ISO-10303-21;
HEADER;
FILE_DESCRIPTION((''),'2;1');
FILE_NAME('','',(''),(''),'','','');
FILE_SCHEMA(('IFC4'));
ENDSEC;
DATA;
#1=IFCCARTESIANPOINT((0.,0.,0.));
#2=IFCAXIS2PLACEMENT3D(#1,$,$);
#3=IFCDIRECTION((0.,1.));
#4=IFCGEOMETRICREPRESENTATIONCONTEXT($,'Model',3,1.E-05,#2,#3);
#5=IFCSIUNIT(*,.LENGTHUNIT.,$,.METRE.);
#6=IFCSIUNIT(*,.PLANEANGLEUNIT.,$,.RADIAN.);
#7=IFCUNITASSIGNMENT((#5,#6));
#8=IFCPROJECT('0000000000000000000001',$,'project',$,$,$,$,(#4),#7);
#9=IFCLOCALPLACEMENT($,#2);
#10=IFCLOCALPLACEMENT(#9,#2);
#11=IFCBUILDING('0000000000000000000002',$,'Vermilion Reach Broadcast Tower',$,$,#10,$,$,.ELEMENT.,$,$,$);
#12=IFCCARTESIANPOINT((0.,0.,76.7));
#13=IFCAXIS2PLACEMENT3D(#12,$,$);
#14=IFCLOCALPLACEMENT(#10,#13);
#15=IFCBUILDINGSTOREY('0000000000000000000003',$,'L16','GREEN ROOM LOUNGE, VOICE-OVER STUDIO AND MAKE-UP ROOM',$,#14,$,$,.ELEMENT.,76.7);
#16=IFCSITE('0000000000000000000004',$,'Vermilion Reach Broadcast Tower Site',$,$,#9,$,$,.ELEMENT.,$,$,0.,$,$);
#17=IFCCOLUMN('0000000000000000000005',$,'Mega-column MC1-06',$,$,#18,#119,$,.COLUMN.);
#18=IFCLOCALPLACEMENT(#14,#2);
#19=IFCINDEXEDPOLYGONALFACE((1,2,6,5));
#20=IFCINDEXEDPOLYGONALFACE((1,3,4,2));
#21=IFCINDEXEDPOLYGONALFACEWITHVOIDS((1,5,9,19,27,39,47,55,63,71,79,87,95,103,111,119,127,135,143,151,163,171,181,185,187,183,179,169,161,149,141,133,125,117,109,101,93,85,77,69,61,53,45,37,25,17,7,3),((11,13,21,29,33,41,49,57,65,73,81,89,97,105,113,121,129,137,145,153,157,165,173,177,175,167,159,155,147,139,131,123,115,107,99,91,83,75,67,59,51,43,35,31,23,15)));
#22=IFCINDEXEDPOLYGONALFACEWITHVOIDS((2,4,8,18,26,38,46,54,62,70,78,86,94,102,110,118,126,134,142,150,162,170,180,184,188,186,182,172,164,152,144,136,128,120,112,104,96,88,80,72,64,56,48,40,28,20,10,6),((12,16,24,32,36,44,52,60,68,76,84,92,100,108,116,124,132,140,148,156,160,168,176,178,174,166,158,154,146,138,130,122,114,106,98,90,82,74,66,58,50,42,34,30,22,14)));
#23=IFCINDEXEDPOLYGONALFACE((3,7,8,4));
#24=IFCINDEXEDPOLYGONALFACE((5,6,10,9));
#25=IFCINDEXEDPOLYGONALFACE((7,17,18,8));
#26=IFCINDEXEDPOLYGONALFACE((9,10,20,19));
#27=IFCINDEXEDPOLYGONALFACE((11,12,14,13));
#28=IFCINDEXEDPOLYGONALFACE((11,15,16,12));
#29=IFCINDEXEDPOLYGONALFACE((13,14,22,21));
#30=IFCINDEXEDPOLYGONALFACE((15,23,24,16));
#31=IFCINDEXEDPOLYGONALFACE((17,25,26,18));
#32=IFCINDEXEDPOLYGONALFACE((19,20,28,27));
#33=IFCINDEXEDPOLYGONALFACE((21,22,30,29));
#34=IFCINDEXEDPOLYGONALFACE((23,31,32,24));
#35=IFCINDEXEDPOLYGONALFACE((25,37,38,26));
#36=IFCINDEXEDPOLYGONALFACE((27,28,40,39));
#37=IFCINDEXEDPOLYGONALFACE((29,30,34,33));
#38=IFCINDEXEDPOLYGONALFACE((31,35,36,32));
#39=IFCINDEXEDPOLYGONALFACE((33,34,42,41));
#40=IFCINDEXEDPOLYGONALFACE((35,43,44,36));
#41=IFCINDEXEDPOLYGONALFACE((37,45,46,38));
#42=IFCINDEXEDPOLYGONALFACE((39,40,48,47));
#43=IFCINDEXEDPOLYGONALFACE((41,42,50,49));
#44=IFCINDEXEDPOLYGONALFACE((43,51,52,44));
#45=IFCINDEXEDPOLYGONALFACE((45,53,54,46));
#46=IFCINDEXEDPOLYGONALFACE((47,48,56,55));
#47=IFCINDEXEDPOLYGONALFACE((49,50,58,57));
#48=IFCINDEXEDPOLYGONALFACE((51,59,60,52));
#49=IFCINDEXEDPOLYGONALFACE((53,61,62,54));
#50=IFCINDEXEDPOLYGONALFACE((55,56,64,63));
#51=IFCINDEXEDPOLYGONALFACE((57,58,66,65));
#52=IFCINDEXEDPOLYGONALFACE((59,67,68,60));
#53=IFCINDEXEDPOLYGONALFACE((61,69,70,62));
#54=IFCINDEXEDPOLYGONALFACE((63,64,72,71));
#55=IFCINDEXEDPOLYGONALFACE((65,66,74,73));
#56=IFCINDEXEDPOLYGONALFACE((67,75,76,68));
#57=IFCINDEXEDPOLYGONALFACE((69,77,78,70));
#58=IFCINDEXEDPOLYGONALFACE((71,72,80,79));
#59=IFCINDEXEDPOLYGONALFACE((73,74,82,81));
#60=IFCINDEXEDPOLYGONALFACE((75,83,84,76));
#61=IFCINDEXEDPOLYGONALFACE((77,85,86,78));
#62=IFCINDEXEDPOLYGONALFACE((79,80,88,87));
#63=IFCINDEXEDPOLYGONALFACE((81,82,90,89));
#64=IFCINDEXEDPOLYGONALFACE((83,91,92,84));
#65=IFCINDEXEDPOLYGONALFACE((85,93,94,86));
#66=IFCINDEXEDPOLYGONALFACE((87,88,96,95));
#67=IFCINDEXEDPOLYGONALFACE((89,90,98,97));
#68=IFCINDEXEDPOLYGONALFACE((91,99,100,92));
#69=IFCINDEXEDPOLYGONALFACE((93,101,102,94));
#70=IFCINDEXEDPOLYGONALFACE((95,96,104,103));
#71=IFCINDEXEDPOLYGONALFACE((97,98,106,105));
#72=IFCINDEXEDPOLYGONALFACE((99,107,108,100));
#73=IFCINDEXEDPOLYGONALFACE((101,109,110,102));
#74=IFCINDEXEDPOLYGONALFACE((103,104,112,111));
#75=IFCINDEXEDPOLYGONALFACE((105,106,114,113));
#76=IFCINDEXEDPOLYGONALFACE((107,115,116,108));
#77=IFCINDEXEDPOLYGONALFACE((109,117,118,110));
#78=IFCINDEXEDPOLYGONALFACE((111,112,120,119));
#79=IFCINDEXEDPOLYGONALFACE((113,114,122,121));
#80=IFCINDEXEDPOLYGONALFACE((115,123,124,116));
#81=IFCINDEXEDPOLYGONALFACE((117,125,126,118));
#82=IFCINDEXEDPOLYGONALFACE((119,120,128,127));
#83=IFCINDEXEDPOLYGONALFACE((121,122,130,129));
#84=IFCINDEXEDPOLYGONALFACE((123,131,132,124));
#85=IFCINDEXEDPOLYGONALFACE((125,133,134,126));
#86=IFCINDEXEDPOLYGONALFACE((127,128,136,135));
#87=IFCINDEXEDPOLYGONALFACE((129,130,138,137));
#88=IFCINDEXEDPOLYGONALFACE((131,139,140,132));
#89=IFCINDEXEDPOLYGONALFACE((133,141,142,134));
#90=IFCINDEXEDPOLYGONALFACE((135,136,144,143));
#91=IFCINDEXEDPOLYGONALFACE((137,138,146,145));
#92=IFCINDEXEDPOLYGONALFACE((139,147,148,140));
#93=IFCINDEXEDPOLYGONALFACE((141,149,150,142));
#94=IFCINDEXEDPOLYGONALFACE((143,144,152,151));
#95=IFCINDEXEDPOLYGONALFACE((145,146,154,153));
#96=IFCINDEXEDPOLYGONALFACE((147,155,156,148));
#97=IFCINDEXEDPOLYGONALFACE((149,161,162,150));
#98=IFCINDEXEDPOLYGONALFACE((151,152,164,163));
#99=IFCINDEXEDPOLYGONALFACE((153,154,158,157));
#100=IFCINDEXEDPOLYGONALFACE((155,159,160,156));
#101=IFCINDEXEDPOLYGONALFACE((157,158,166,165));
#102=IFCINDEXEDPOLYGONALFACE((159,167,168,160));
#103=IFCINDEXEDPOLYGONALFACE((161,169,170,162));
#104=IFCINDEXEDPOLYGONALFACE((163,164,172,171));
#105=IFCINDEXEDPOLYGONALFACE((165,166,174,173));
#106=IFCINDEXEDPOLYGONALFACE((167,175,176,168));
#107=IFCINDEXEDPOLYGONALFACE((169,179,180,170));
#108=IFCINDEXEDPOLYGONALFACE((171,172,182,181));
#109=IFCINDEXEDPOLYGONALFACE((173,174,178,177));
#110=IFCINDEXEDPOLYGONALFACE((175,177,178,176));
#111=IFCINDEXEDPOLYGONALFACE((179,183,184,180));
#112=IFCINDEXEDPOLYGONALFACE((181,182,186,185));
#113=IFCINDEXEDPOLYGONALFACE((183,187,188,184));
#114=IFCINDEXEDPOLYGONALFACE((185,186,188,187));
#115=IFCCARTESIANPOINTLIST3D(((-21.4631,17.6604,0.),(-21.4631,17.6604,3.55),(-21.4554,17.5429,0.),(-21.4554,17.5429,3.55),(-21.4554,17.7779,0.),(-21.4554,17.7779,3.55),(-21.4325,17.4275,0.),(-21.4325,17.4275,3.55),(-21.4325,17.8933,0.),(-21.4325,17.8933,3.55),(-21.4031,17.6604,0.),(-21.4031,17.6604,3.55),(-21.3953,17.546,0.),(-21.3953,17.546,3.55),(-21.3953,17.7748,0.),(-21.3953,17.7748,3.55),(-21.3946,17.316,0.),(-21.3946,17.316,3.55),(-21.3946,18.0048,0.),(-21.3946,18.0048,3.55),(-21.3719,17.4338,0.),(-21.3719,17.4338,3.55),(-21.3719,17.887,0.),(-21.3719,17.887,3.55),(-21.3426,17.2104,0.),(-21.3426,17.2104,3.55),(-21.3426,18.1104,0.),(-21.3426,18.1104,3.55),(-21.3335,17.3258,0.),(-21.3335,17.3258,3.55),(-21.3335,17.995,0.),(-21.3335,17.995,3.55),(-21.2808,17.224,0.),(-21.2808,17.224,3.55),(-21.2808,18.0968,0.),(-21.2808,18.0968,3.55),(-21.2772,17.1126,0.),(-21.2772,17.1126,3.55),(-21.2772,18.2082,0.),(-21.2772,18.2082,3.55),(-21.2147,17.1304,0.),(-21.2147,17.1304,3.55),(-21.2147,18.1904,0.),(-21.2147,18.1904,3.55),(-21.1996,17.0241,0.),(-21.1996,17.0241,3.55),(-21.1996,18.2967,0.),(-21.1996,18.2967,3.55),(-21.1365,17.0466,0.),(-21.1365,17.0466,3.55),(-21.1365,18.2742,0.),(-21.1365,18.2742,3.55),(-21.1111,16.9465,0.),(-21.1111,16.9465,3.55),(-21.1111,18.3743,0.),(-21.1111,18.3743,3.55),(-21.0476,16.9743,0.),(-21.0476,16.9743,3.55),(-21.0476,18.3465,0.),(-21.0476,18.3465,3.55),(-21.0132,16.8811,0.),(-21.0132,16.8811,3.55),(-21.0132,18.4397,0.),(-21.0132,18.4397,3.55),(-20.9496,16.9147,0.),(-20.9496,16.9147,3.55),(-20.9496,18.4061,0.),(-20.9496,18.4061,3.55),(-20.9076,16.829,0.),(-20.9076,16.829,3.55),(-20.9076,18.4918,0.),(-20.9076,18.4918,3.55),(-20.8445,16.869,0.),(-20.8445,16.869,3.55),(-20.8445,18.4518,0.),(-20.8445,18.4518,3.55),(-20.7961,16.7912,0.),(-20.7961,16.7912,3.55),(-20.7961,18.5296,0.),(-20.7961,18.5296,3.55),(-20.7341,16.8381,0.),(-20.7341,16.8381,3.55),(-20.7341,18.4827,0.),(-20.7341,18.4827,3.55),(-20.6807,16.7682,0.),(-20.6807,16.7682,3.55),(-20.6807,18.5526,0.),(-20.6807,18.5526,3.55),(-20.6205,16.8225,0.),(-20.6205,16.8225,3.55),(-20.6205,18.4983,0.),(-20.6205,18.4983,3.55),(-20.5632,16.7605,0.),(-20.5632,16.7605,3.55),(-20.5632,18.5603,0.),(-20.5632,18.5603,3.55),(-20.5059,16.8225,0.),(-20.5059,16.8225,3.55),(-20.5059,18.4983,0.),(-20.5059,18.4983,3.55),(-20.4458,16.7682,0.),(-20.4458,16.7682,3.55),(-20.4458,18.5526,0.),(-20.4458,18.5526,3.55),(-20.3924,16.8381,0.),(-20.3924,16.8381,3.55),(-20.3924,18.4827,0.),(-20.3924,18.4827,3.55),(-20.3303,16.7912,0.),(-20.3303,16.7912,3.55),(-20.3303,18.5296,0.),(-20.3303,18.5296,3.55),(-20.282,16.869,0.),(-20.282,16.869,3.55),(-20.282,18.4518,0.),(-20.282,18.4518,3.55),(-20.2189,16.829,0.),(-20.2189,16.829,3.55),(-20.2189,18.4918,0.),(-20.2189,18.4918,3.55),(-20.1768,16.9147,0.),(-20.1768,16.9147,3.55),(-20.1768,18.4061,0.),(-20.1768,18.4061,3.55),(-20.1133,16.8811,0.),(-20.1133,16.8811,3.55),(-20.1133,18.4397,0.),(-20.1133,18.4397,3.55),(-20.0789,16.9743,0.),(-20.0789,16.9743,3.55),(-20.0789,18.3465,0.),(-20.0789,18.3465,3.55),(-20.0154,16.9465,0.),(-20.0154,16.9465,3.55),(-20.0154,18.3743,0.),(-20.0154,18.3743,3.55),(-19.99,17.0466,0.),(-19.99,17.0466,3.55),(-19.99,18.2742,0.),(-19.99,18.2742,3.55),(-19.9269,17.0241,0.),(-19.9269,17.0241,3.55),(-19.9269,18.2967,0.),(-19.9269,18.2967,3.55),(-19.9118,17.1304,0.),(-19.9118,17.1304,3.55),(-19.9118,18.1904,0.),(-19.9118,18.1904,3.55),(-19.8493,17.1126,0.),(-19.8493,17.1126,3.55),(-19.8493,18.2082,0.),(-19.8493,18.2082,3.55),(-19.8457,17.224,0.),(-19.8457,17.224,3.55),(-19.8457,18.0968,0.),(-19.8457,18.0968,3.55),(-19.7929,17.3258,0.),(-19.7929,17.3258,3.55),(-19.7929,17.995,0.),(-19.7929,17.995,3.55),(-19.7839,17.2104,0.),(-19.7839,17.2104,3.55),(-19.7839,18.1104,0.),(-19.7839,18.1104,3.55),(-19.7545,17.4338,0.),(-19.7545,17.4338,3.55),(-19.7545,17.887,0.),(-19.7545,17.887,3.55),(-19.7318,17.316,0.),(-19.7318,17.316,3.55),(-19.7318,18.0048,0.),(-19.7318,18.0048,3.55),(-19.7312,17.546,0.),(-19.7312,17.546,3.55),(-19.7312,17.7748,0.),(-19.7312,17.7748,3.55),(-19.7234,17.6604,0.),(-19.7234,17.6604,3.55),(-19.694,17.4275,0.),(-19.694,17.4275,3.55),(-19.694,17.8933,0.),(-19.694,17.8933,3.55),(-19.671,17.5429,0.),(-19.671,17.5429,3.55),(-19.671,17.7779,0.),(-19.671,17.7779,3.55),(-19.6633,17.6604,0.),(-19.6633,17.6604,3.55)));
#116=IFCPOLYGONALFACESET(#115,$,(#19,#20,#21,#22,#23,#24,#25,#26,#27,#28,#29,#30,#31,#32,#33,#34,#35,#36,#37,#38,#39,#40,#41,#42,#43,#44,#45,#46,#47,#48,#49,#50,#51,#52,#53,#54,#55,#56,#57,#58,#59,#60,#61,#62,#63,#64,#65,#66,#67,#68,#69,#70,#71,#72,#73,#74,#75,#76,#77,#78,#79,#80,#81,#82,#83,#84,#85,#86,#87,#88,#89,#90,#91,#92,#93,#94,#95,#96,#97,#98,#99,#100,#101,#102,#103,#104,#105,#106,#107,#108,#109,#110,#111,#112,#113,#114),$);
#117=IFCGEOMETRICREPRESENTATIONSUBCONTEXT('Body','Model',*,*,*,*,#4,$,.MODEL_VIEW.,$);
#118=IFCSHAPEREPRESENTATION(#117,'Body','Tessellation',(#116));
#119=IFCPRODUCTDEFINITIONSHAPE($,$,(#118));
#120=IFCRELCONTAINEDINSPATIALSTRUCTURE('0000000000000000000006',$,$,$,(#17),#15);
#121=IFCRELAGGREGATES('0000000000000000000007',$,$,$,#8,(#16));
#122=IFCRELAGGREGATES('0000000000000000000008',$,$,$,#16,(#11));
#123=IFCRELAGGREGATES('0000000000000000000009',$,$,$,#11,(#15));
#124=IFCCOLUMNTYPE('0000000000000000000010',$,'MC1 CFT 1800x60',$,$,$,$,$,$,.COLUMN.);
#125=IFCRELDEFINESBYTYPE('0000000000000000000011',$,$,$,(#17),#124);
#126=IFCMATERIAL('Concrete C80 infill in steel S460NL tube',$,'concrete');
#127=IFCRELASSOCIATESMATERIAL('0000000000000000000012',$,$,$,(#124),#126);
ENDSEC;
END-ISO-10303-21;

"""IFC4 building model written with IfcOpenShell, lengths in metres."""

from ifc_helpers import new_model, si_unit, direction, frame, origin, origin_2d, place, context, subcontext, project, spatial, hollow_circle, extrude, material, material_profile, profile_set, type_object, element, save


model = new_model("IFC4")

# Units and contexts
model_context = context("Model", 3, precision=1e-05, world=origin(), true_north=direction((0.0, 1.0)))
body_context = subcontext(model_context, "Body", "Model", "MODEL_VIEW")
ifc_project = project(units=[si_unit("LENGTHUNIT", "METRE"), si_unit("PLANEANGLEUNIT", "RADIAN")], contexts=[model_context])

# Site, building, storey
site_placement = place(None, origin())
site = spatial("IfcSite", under=ifc_project, at=site_placement, Name="Vermilion Reach Broadcast Tower Site", CompositionType="ELEMENT", RefElevation=0.0)
building_placement = place(site_placement, origin())
building = spatial("IfcBuilding", under=site, at=building_placement, Name="Vermilion Reach Broadcast Tower", CompositionType="ELEMENT")
storey_placement = place(building_placement, frame((0.0, 0.0, 76.7)))
storey = spatial("IfcBuildingStorey", under=building, at=storey_placement, Name="L16", Description="GREEN ROOM LOUNGE, VOICE-OVER STUDIO AND MAKE-UP ROOM", CompositionType="ELEMENT", Elevation=76.7)

# Column
ifc_material_1 = material(Name="Concrete C80 infill in steel S460NL tube", Category="concrete")
ifc_material_profile_1 = material_profile(ifc_material_1, hollow_circle(Radius=0.8999, WallThickness=0.0601, at=origin_2d()), Name="Concrete C80 infill in steel S460NL tube CFT 1800x60")
ifc_profile_set_1 = profile_set([ifc_material_profile_1], Name="Concrete C80 infill in steel S460NL tube")
column_type = type_object("IfcColumnType", Name="MC1 CFT 1800x60", PredefinedType="COLUMN", material=ifc_profile_set_1)
for number, where, z_axis, x_axis, name in (
    (1, (-20.5632, 17.6604, 0.0), (0.0, 0.0, 1.0), (1.0, 0.0, 0.0), "Mega-column MC1-06"),
):
    element("IfcColumn", number, at=place(storey_placement, frame(where, z_axis=z_axis, x_axis=x_axis)), inside=storey, type_object=column_type, Name=name, PredefinedType="COLUMN", context=body_context, shape_type="SweptSolid", body=[
        extrude(hollow_circle(Radius=0.8999, WallThickness=0.0601, at=origin_2d()), origin(), (0.0, 0.0, 1.0), 3.55),
    ])

save(model, "model.ifc")
